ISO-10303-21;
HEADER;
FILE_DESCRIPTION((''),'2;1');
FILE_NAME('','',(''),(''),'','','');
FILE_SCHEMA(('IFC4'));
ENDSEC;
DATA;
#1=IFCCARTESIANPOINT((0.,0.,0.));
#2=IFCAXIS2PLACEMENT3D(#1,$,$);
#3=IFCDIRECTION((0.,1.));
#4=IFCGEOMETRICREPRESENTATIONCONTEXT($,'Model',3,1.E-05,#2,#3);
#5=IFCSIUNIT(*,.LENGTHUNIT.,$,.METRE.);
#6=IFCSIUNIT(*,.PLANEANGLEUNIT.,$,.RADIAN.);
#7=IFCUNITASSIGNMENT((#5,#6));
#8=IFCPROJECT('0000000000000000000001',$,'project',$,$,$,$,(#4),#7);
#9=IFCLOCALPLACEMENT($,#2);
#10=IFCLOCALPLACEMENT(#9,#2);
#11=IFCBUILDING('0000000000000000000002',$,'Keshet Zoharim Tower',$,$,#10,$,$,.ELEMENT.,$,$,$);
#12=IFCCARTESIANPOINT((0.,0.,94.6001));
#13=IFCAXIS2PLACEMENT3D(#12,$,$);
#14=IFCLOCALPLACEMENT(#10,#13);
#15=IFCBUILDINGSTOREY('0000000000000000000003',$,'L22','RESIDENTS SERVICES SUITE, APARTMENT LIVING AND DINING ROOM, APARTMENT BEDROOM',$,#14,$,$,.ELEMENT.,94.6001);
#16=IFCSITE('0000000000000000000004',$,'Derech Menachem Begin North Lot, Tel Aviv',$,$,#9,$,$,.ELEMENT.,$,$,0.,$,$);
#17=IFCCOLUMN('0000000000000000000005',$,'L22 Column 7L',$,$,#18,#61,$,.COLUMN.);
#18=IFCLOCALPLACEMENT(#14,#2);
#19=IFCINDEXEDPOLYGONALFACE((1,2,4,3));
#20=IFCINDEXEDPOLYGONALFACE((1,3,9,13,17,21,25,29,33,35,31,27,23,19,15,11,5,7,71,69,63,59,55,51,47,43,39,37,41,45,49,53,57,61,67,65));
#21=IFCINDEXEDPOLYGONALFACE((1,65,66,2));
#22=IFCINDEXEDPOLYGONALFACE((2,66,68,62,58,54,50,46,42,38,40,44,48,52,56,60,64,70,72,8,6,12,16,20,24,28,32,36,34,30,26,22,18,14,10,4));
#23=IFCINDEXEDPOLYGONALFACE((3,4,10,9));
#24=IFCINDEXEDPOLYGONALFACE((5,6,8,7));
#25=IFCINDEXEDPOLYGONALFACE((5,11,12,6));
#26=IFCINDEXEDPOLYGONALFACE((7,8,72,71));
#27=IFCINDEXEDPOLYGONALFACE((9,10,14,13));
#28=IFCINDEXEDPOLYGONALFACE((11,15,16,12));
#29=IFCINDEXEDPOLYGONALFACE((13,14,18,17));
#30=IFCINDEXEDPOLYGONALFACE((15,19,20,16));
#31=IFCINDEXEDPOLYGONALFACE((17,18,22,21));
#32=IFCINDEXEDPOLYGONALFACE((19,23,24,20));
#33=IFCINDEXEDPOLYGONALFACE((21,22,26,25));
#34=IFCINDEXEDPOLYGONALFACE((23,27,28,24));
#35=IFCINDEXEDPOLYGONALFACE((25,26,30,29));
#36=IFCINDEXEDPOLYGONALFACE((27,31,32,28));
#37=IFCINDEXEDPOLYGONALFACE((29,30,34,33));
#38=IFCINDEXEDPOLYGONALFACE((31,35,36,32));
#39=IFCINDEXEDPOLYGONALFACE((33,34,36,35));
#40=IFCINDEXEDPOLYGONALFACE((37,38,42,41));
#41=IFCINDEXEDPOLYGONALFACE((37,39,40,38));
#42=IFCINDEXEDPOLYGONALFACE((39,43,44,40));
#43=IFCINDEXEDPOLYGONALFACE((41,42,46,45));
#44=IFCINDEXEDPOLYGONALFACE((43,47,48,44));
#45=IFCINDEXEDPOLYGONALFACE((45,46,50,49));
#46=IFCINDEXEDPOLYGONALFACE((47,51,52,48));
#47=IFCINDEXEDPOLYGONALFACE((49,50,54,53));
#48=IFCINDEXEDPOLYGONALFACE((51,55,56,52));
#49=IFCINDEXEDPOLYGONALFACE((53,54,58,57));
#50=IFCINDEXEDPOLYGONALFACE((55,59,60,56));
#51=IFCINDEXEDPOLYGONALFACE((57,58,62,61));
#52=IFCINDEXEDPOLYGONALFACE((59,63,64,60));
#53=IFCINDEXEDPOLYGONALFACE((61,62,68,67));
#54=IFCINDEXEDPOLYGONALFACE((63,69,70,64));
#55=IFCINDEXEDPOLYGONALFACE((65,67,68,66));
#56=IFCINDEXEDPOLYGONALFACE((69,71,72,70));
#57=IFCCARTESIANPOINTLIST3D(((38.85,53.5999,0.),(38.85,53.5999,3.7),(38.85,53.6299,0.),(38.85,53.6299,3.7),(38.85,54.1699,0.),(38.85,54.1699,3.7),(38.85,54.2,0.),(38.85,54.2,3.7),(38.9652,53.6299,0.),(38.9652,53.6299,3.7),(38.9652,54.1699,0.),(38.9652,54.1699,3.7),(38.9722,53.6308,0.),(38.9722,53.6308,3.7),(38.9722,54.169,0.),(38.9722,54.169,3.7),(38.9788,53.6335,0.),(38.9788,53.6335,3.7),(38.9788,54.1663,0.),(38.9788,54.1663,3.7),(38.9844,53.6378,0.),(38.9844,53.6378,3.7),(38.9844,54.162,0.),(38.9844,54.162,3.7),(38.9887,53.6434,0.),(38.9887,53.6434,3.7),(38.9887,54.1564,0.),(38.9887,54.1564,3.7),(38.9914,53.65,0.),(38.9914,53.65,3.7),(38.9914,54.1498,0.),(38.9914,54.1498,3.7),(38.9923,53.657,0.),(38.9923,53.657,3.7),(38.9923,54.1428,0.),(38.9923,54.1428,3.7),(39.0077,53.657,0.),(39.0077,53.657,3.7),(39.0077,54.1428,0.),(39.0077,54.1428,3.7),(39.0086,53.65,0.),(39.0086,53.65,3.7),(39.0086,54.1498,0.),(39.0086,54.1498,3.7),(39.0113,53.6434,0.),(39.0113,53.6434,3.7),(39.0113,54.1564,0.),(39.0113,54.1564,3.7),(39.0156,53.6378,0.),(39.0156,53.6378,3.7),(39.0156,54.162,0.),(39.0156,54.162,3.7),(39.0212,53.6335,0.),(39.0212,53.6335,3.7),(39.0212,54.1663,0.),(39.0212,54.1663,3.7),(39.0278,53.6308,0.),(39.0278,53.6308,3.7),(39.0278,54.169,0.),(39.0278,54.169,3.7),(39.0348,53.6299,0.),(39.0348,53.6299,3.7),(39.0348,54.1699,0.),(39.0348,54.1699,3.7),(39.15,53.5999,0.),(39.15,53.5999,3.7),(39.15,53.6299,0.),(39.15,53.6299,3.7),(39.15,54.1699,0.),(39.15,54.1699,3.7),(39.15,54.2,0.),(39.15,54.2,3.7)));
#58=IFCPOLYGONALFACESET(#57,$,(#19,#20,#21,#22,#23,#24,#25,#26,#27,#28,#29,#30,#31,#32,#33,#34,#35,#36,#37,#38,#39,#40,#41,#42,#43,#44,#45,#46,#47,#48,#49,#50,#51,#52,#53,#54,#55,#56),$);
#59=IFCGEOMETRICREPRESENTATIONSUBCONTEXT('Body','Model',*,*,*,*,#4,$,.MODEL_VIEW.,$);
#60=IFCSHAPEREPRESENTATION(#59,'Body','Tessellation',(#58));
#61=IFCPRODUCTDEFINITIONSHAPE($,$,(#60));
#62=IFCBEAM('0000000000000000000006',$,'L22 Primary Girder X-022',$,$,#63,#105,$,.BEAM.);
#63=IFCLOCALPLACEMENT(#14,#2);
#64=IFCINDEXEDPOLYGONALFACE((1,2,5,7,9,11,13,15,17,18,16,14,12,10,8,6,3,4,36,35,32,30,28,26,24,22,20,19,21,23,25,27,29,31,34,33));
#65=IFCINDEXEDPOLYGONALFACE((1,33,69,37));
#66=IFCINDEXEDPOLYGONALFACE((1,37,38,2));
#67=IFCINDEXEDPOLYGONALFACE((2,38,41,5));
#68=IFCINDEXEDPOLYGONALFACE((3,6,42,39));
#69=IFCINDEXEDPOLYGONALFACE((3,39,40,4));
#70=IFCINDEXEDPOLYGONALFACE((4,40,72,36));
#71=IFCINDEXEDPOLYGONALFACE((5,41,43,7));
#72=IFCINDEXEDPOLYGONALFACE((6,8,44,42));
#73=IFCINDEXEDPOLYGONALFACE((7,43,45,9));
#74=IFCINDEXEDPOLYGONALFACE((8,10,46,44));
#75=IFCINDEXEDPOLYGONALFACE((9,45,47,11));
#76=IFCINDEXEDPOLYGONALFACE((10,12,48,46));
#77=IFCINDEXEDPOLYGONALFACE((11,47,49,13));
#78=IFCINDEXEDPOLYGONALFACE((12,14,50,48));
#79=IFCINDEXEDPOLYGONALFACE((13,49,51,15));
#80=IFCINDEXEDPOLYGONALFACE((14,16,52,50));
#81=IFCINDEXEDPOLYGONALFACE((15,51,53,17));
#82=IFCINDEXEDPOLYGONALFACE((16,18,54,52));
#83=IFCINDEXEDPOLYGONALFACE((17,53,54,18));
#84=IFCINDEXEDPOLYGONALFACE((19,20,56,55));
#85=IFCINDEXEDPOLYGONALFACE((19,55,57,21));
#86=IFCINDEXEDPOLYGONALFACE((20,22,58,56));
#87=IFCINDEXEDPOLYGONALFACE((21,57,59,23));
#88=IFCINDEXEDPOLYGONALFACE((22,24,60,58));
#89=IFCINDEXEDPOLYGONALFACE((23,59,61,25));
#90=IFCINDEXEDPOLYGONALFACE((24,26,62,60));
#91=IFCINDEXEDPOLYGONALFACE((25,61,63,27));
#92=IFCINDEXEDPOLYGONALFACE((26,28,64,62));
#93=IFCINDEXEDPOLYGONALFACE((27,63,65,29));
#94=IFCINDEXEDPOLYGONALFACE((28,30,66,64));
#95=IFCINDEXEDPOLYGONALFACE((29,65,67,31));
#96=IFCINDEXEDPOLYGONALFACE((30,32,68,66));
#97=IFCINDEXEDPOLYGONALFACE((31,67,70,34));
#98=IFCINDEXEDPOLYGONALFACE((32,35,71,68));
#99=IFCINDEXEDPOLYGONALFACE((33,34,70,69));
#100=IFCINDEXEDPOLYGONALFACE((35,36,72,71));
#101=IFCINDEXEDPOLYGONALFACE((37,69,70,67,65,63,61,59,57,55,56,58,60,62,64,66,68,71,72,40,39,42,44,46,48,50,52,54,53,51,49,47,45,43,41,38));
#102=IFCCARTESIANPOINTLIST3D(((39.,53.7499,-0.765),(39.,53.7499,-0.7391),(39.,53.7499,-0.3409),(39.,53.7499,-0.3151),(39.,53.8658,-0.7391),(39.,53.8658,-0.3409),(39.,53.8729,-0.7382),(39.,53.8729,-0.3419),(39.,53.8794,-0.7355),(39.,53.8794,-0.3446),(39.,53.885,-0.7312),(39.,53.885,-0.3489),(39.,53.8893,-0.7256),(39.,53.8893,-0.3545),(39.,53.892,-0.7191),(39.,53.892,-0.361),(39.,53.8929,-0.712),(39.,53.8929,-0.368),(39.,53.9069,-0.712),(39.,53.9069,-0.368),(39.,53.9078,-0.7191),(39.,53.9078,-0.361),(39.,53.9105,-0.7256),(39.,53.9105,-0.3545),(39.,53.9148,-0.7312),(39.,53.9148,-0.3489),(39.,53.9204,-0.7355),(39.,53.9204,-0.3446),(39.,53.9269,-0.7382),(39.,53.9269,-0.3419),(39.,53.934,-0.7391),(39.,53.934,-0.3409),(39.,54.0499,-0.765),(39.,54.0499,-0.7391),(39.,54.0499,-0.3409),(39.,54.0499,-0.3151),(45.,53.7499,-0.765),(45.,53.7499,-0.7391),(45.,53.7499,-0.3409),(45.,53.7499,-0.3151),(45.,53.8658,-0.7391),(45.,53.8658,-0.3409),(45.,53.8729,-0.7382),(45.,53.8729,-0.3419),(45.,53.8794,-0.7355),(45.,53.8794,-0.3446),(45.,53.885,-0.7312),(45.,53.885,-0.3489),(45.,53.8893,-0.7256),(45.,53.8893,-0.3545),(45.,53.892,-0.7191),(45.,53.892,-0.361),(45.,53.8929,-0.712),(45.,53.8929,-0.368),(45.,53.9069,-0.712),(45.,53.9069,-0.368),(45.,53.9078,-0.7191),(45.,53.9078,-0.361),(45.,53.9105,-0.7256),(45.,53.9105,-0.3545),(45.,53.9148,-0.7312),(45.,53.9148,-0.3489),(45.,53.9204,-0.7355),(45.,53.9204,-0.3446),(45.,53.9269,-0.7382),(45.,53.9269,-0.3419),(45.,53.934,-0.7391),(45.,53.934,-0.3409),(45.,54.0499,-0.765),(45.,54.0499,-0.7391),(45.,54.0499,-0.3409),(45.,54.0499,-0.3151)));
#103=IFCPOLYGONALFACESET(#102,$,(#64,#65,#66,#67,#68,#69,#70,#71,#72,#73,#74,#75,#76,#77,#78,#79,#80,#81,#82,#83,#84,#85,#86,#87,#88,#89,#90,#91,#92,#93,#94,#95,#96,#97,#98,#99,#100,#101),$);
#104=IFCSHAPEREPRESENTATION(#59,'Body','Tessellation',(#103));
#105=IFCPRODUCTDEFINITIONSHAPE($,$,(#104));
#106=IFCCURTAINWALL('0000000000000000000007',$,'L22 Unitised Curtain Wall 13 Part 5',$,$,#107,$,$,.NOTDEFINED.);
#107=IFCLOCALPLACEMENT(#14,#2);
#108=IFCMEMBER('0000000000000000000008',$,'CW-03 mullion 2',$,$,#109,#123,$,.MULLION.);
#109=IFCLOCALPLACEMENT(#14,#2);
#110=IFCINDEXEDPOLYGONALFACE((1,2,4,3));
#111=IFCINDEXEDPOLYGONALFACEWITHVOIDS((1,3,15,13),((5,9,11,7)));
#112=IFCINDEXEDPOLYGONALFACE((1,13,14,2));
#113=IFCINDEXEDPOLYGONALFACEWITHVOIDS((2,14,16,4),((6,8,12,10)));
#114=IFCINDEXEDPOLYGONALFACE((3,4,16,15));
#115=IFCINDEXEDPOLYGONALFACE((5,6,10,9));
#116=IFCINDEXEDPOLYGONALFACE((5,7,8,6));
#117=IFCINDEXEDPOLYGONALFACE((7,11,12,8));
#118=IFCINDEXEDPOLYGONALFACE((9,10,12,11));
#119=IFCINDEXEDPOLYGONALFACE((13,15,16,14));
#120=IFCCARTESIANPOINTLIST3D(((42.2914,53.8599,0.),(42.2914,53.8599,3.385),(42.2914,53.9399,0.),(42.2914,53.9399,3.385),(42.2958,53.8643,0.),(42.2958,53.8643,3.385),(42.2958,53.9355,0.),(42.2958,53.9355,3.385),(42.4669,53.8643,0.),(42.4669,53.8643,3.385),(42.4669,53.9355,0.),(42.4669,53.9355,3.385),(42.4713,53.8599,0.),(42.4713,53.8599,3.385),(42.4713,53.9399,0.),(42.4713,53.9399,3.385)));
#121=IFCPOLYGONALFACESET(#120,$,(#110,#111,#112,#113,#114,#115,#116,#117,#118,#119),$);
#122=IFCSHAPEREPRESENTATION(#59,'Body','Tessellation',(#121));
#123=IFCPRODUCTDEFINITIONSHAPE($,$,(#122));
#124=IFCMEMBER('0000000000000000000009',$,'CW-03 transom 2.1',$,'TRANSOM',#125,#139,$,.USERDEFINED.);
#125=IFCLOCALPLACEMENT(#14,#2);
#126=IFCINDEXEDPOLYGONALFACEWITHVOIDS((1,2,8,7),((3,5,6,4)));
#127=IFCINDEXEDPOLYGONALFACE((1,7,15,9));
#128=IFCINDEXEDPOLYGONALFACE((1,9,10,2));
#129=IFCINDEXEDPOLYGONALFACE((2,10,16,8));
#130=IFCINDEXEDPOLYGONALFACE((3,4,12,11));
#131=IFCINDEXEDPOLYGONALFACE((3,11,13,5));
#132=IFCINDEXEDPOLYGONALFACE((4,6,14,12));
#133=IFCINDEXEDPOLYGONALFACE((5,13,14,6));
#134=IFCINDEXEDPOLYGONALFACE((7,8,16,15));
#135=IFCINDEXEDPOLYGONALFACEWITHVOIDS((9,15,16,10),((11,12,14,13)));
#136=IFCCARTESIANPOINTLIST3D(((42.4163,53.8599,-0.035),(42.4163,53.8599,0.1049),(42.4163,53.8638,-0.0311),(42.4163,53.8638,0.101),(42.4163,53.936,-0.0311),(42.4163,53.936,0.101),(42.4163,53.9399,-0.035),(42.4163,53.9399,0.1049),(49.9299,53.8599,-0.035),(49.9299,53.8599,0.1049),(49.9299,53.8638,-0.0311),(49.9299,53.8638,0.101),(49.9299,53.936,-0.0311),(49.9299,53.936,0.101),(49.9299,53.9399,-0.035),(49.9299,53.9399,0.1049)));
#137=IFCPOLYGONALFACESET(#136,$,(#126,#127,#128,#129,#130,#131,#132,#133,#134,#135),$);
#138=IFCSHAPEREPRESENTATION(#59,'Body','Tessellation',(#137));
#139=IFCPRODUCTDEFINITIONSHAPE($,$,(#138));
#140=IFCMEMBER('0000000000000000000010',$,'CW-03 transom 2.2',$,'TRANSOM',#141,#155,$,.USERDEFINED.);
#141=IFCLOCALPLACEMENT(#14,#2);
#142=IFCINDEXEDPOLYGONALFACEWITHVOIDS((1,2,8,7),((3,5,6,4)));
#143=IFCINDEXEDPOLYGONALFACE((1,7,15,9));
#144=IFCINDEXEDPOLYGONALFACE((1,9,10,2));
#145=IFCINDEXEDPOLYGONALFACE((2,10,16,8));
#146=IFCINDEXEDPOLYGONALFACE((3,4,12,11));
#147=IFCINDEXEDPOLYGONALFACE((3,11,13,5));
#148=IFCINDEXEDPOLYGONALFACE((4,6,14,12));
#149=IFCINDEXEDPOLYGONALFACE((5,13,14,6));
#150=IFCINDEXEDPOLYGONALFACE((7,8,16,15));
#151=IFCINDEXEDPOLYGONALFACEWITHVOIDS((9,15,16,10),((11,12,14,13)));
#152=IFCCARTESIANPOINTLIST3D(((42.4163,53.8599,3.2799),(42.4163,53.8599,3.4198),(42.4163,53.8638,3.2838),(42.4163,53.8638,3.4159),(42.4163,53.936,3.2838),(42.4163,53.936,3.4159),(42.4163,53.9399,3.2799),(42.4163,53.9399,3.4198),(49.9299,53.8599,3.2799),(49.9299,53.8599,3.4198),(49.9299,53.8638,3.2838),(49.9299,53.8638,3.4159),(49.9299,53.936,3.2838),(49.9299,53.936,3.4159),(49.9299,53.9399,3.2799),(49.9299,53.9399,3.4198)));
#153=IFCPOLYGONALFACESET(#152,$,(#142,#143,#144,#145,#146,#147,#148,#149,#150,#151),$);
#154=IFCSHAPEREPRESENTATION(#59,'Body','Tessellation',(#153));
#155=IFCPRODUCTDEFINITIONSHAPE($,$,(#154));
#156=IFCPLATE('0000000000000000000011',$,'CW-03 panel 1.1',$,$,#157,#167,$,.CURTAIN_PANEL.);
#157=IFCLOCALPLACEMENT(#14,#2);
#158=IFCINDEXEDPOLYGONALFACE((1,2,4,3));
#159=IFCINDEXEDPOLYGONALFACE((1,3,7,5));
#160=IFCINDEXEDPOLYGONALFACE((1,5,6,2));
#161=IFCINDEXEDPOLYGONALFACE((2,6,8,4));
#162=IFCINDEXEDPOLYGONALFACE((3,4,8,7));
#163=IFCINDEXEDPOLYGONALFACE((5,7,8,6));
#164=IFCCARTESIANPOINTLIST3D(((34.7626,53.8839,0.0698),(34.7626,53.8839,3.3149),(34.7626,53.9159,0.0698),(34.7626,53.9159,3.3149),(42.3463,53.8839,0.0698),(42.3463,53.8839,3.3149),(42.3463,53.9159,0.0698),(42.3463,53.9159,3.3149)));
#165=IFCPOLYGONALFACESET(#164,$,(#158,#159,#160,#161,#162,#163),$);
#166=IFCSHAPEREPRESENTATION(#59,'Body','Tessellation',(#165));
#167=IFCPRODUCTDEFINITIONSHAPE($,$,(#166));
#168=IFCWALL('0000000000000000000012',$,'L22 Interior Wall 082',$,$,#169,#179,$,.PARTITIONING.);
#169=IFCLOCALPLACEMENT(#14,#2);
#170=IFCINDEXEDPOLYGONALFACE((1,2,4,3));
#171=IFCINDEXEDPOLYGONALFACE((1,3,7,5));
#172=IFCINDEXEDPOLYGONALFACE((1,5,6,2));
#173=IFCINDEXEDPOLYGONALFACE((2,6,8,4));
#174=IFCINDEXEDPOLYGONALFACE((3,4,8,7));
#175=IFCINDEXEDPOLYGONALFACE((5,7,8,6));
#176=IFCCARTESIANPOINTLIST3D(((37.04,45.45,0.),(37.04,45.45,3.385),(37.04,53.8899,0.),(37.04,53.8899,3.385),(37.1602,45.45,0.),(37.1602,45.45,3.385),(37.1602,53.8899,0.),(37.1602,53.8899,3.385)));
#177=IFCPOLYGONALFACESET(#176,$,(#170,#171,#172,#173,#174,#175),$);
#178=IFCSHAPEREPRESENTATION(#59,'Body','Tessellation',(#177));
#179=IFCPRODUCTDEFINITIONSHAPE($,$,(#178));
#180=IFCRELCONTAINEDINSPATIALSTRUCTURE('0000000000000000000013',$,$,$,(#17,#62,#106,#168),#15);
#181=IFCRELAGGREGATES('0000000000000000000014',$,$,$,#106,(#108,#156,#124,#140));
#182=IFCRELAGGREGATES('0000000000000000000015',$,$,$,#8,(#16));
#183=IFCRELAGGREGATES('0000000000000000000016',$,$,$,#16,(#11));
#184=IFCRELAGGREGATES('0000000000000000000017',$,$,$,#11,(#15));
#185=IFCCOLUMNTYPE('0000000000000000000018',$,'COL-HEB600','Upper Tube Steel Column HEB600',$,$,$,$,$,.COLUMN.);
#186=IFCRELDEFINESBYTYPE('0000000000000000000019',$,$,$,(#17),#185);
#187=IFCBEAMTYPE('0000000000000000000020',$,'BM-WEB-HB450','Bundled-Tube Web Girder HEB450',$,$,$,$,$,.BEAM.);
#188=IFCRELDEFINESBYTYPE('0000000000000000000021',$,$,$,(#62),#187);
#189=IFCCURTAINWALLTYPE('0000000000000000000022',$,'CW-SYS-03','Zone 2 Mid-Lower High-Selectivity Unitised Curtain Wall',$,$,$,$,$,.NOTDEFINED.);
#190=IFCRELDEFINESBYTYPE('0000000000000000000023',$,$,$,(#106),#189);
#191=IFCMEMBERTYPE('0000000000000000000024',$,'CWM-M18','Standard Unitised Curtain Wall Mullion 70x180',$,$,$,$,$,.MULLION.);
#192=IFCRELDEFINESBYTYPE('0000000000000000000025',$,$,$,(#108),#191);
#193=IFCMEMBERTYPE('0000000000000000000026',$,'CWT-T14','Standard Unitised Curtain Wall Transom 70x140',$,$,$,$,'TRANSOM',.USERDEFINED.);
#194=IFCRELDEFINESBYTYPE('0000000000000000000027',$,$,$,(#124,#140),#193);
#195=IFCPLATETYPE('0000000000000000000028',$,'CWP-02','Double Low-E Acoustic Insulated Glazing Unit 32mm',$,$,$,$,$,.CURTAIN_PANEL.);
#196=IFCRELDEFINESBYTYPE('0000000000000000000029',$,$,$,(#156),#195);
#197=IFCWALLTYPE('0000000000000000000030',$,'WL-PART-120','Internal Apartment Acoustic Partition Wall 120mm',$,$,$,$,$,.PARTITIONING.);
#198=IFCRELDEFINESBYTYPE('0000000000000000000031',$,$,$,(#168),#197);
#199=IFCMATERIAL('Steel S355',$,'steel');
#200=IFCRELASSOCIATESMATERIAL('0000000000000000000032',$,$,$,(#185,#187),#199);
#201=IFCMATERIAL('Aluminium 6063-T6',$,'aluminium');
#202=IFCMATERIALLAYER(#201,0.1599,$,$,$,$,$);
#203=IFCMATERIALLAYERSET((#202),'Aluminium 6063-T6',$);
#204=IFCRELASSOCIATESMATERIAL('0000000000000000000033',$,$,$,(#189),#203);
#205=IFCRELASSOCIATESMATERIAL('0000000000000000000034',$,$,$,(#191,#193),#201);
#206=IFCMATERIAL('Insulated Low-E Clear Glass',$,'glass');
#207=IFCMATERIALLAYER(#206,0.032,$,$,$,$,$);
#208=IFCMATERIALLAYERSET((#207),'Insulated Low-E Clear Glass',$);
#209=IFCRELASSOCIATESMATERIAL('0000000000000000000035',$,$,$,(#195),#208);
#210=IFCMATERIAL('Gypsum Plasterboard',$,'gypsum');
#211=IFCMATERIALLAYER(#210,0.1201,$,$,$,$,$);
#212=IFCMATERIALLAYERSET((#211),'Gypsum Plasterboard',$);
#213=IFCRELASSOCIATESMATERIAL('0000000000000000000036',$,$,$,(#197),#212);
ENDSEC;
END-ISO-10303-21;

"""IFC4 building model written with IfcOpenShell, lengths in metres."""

from ifc_helpers import new_model, si_unit, direction, frame, frame_2d, origin, origin_2d, place, context, subcontext, project, spatial, rectangle, hollow_rectangle, i_section, extrude, material, layer, layer_set, material_profile, profile_set, type_object, element, aggregate, save


model = new_model("IFC4")

# Units and contexts
model_context = context("Model", 3, precision=1e-05, world=origin(), true_north=direction((0.0, 1.0)))
body_context = subcontext(model_context, "Body", "Model", "MODEL_VIEW")
ifc_project = project(units=[si_unit("LENGTHUNIT", "METRE"), si_unit("PLANEANGLEUNIT", "RADIAN")], contexts=[model_context])

# Site, building, storey
site_placement = place(None, origin())
site = spatial("IfcSite", under=ifc_project, at=site_placement, Name="Derech Menachem Begin North Lot, Tel Aviv", CompositionType="ELEMENT", RefElevation=0.0)
building_placement = place(site_placement, origin())
building = spatial("IfcBuilding", under=site, at=building_placement, Name="Keshet Zoharim Tower", CompositionType="ELEMENT")
storey_placement = place(building_placement, frame((0.0, 0.0, 94.6001)))
storey = spatial("IfcBuildingStorey", under=building, at=storey_placement, Name="L22", Description="RESIDENTS SERVICES SUITE, APARTMENT LIVING AND DINING ROOM, APARTMENT BEDROOM", CompositionType="ELEMENT", Elevation=94.6001)

# Column
ifc_material_1 = material(Name="Steel S355", Category="steel")
ifc_material_profile_1 = material_profile(ifc_material_1, i_section(OverallWidth=0.3, OverallDepth=0.6001, WebThickness=0.0154, FlangeThickness=0.03, FilletRadius=0.0271, at=origin_2d()), Name="HEB600")
ifc_profile_set_1 = profile_set([ifc_material_profile_1], Name="Steel S355")
column_type = type_object("IfcColumnType", Name="COL-HEB600", Description="Upper Tube Steel Column HEB600", PredefinedType="COLUMN", material=ifc_profile_set_1)
column_placement = place(storey_placement, frame((39.0, 53.8999, 0.0), z_axis=(0.0, 0.0, 1.0), x_axis=(1.0, 0.0, 0.0)))
element("IfcColumn", 1, at=column_placement, inside=storey, type_object=column_type, Name="L22 Column 7L", PredefinedType="COLUMN", context=body_context, shape_type="SweptSolid", body=[
    extrude(i_section(OverallWidth=0.3, OverallDepth=0.6001, WebThickness=0.0154, FlangeThickness=0.03, FilletRadius=0.0271, at=origin_2d()), origin(), (0.0, 0.0, 1.0), 3.7),
])

# Beam
ifc_material_profile_2 = material_profile(ifc_material_1, i_section(OverallWidth=0.3, OverallDepth=0.45, WebThickness=0.0139, FlangeThickness=0.0259, FilletRadius=0.0271, at=origin_2d()), Name="HEB450")
ifc_profile_set_2 = profile_set([ifc_material_profile_2], Name="Steel S355")
beam_type = type_object("IfcBeamType", Name="BM-WEB-HB450", Description="Bundled-Tube Web Girder HEB450", PredefinedType="BEAM", material=ifc_profile_set_2)
beam_placement = place(storey_placement, frame((39.0, 53.8999, -0.54), z_axis=(1.0, 0.0, 0.0), x_axis=(0.0, 1.0, 0.0)))
element("IfcBeam", 2, at=beam_placement, inside=storey, type_object=beam_type, Name="L22 Primary Girder X-022", PredefinedType="BEAM", context=body_context, shape_type="SweptSolid", body=[
    extrude(i_section(OverallWidth=0.3, OverallDepth=0.45, WebThickness=0.0139, FlangeThickness=0.0259, FilletRadius=0.0271, at=origin_2d()), origin(), (0.0, 0.0, 1.0), 6.0),
])

# Curtain wall, members, plate
ifc_material_2 = material(Name="Aluminium 6063-T6", Category="aluminium")
ifc_layer_1 = layer(ifc_material_2, 0.1599)
ifc_layer_set_1 = layer_set([ifc_layer_1], Name="Aluminium 6063-T6")
curtain_wall_type = type_object("IfcCurtainWallType", Name="CW-SYS-03", Description="Zone 2 Mid-Lower High-Selectivity Unitised Curtain Wall", PredefinedType="NOTDEFINED", material=ifc_layer_set_1)
curtain_wall_placement = place(storey_placement, origin())
curtain_wall = element("IfcCurtainWall", 3, at=curtain_wall_placement, inside=storey, type_object=curtain_wall_type, Name="L22 Unitised Curtain Wall 13 Part 5", PredefinedType="NOTDEFINED")
ifc_material_profile_3 = material_profile(ifc_material_2, hollow_rectangle(XDim=0.0801, YDim=0.1799, WallThickness=0.0044, at=origin_2d()), Name="MUL-80x180")
ifc_profile_set_3 = profile_set([ifc_material_profile_3], Name="Aluminium 6063-T6")
member_type_1 = type_object("IfcMemberType", Name="CWM-M18", Description="Standard Unitised Curtain Wall Mullion 70x180", PredefinedType="MULLION", material=ifc_profile_set_3)
member_1_placement = place(storey_placement, frame((42.3813, 53.8999, 0.0), z_axis=(0.0, 0.0, 1.0), x_axis=(0.0, 1.0, 0.0)))
member_1 = element("IfcMember", 4, at=member_1_placement, type_object=member_type_1, Name="CW-03 mullion 2", PredefinedType="MULLION", context=body_context, shape_type="SweptSolid", body=[
    extrude(hollow_rectangle(XDim=0.0801, YDim=0.1799, WallThickness=0.0044, at=origin_2d()), origin(), (0.0, 0.0, 1.0), 3.385),
])
ifc_material_profile_4 = material_profile(ifc_material_2, hollow_rectangle(XDim=0.0801, YDim=0.1399, WallThickness=0.0039, at=origin_2d()), Name="TRN-80x140")
ifc_profile_set_4 = profile_set([ifc_material_profile_4], Name="Aluminium 6063-T6")
member_type_2 = type_object("IfcMemberType", Name="CWT-T14", Description="Standard Unitised Curtain Wall Transom 70x140", ElementType="TRANSOM", PredefinedType="USERDEFINED", material=ifc_profile_set_4)
member_2_placement = place(storey_placement, frame((42.4163, 53.8999, 0.0349), z_axis=(1.0, 0.0, 0.0), x_axis=(0.0, 1.0, 0.0)))
member_2 = element("IfcMember", 5, at=member_2_placement, type_object=member_type_2, Name="CW-03 transom 2.1", ObjectType="TRANSOM", PredefinedType="USERDEFINED", context=body_context, shape_type="SweptSolid", body=[
    extrude(hollow_rectangle(XDim=0.0801, YDim=0.1399, WallThickness=0.0039, at=origin_2d()), origin(), (0.0, 0.0, 1.0), 7.5137),
])
member_3_placement = place(storey_placement, frame((42.4163, 53.8999, 3.3499), z_axis=(1.0, 0.0, 0.0), x_axis=(0.0, 1.0, 0.0)))
member_3 = element("IfcMember", 6, at=member_3_placement, type_object=member_type_2, Name="CW-03 transom 2.2", ObjectType="TRANSOM", PredefinedType="USERDEFINED", context=body_context, shape_type="SweptSolid", body=[
    extrude(hollow_rectangle(XDim=0.0801, YDim=0.1399, WallThickness=0.0039, at=origin_2d()), origin(), (0.0, 0.0, 1.0), 7.5137),
])
ifc_material_3 = material(Name="Insulated Low-E Clear Glass", Category="glass")
ifc_layer_2 = layer(ifc_material_3, 0.032)
ifc_layer_set_2 = layer_set([ifc_layer_2], Name="Insulated Low-E Clear Glass")
plate_type = type_object("IfcPlateType", Name="CWP-02", Description="Double Low-E Acoustic Insulated Glazing Unit 32mm", PredefinedType="CURTAIN_PANEL", material=ifc_layer_set_2)
plate_placement = place(storey_placement, frame((38.5544, 53.8999, 0.0698), z_axis=(0.0, 0.0, 1.0), x_axis=(1.0, 0.0, 0.0)))
plate = element("IfcPlate", 7, at=plate_placement, type_object=plate_type, Name="CW-03 panel 1.1", PredefinedType="CURTAIN_PANEL", context=body_context, shape_type="SweptSolid", body=[
    extrude(rectangle(XDim=7.5837, YDim=0.032, at=origin_2d()), origin(), (0.0, 0.0, 1.0), 3.2451),
])
aggregate(curtain_wall, [member_1, plate, member_2, member_3])

# Wall
ifc_material_4 = material(Name="Gypsum Plasterboard", Category="gypsum")
ifc_layer_3 = layer(ifc_material_4, 0.1201)
ifc_layer_set_3 = layer_set([ifc_layer_3], Name="Gypsum Plasterboard")
wall_type_1 = type_object("IfcWallType", Name="WL-PART-120", Description="Internal Apartment Acoustic Partition Wall 120mm", PredefinedType="PARTITIONING", material=ifc_layer_set_3)
for number, where, z_axis, x_axis, name in (
    (8, (37.1001, 45.45, 0.0), (0.0, 0.0, 1.0), (0.0, 1.0, 0.0), "L22 Interior Wall 082"),
):
    element("IfcWall", number, at=place(storey_placement, frame(where, z_axis=z_axis, x_axis=x_axis)), inside=storey, type_object=wall_type_1, Name=name, PredefinedType="PARTITIONING", context=body_context, shape_type="SweptSolid", body=[
        extrude(rectangle(XDim=8.4399, YDim=0.1201, at=frame_2d((4.22, 0.0))), origin(), (0.0, 0.0, 1.0), 3.385),
    ])

save(model, "model.ifc")
